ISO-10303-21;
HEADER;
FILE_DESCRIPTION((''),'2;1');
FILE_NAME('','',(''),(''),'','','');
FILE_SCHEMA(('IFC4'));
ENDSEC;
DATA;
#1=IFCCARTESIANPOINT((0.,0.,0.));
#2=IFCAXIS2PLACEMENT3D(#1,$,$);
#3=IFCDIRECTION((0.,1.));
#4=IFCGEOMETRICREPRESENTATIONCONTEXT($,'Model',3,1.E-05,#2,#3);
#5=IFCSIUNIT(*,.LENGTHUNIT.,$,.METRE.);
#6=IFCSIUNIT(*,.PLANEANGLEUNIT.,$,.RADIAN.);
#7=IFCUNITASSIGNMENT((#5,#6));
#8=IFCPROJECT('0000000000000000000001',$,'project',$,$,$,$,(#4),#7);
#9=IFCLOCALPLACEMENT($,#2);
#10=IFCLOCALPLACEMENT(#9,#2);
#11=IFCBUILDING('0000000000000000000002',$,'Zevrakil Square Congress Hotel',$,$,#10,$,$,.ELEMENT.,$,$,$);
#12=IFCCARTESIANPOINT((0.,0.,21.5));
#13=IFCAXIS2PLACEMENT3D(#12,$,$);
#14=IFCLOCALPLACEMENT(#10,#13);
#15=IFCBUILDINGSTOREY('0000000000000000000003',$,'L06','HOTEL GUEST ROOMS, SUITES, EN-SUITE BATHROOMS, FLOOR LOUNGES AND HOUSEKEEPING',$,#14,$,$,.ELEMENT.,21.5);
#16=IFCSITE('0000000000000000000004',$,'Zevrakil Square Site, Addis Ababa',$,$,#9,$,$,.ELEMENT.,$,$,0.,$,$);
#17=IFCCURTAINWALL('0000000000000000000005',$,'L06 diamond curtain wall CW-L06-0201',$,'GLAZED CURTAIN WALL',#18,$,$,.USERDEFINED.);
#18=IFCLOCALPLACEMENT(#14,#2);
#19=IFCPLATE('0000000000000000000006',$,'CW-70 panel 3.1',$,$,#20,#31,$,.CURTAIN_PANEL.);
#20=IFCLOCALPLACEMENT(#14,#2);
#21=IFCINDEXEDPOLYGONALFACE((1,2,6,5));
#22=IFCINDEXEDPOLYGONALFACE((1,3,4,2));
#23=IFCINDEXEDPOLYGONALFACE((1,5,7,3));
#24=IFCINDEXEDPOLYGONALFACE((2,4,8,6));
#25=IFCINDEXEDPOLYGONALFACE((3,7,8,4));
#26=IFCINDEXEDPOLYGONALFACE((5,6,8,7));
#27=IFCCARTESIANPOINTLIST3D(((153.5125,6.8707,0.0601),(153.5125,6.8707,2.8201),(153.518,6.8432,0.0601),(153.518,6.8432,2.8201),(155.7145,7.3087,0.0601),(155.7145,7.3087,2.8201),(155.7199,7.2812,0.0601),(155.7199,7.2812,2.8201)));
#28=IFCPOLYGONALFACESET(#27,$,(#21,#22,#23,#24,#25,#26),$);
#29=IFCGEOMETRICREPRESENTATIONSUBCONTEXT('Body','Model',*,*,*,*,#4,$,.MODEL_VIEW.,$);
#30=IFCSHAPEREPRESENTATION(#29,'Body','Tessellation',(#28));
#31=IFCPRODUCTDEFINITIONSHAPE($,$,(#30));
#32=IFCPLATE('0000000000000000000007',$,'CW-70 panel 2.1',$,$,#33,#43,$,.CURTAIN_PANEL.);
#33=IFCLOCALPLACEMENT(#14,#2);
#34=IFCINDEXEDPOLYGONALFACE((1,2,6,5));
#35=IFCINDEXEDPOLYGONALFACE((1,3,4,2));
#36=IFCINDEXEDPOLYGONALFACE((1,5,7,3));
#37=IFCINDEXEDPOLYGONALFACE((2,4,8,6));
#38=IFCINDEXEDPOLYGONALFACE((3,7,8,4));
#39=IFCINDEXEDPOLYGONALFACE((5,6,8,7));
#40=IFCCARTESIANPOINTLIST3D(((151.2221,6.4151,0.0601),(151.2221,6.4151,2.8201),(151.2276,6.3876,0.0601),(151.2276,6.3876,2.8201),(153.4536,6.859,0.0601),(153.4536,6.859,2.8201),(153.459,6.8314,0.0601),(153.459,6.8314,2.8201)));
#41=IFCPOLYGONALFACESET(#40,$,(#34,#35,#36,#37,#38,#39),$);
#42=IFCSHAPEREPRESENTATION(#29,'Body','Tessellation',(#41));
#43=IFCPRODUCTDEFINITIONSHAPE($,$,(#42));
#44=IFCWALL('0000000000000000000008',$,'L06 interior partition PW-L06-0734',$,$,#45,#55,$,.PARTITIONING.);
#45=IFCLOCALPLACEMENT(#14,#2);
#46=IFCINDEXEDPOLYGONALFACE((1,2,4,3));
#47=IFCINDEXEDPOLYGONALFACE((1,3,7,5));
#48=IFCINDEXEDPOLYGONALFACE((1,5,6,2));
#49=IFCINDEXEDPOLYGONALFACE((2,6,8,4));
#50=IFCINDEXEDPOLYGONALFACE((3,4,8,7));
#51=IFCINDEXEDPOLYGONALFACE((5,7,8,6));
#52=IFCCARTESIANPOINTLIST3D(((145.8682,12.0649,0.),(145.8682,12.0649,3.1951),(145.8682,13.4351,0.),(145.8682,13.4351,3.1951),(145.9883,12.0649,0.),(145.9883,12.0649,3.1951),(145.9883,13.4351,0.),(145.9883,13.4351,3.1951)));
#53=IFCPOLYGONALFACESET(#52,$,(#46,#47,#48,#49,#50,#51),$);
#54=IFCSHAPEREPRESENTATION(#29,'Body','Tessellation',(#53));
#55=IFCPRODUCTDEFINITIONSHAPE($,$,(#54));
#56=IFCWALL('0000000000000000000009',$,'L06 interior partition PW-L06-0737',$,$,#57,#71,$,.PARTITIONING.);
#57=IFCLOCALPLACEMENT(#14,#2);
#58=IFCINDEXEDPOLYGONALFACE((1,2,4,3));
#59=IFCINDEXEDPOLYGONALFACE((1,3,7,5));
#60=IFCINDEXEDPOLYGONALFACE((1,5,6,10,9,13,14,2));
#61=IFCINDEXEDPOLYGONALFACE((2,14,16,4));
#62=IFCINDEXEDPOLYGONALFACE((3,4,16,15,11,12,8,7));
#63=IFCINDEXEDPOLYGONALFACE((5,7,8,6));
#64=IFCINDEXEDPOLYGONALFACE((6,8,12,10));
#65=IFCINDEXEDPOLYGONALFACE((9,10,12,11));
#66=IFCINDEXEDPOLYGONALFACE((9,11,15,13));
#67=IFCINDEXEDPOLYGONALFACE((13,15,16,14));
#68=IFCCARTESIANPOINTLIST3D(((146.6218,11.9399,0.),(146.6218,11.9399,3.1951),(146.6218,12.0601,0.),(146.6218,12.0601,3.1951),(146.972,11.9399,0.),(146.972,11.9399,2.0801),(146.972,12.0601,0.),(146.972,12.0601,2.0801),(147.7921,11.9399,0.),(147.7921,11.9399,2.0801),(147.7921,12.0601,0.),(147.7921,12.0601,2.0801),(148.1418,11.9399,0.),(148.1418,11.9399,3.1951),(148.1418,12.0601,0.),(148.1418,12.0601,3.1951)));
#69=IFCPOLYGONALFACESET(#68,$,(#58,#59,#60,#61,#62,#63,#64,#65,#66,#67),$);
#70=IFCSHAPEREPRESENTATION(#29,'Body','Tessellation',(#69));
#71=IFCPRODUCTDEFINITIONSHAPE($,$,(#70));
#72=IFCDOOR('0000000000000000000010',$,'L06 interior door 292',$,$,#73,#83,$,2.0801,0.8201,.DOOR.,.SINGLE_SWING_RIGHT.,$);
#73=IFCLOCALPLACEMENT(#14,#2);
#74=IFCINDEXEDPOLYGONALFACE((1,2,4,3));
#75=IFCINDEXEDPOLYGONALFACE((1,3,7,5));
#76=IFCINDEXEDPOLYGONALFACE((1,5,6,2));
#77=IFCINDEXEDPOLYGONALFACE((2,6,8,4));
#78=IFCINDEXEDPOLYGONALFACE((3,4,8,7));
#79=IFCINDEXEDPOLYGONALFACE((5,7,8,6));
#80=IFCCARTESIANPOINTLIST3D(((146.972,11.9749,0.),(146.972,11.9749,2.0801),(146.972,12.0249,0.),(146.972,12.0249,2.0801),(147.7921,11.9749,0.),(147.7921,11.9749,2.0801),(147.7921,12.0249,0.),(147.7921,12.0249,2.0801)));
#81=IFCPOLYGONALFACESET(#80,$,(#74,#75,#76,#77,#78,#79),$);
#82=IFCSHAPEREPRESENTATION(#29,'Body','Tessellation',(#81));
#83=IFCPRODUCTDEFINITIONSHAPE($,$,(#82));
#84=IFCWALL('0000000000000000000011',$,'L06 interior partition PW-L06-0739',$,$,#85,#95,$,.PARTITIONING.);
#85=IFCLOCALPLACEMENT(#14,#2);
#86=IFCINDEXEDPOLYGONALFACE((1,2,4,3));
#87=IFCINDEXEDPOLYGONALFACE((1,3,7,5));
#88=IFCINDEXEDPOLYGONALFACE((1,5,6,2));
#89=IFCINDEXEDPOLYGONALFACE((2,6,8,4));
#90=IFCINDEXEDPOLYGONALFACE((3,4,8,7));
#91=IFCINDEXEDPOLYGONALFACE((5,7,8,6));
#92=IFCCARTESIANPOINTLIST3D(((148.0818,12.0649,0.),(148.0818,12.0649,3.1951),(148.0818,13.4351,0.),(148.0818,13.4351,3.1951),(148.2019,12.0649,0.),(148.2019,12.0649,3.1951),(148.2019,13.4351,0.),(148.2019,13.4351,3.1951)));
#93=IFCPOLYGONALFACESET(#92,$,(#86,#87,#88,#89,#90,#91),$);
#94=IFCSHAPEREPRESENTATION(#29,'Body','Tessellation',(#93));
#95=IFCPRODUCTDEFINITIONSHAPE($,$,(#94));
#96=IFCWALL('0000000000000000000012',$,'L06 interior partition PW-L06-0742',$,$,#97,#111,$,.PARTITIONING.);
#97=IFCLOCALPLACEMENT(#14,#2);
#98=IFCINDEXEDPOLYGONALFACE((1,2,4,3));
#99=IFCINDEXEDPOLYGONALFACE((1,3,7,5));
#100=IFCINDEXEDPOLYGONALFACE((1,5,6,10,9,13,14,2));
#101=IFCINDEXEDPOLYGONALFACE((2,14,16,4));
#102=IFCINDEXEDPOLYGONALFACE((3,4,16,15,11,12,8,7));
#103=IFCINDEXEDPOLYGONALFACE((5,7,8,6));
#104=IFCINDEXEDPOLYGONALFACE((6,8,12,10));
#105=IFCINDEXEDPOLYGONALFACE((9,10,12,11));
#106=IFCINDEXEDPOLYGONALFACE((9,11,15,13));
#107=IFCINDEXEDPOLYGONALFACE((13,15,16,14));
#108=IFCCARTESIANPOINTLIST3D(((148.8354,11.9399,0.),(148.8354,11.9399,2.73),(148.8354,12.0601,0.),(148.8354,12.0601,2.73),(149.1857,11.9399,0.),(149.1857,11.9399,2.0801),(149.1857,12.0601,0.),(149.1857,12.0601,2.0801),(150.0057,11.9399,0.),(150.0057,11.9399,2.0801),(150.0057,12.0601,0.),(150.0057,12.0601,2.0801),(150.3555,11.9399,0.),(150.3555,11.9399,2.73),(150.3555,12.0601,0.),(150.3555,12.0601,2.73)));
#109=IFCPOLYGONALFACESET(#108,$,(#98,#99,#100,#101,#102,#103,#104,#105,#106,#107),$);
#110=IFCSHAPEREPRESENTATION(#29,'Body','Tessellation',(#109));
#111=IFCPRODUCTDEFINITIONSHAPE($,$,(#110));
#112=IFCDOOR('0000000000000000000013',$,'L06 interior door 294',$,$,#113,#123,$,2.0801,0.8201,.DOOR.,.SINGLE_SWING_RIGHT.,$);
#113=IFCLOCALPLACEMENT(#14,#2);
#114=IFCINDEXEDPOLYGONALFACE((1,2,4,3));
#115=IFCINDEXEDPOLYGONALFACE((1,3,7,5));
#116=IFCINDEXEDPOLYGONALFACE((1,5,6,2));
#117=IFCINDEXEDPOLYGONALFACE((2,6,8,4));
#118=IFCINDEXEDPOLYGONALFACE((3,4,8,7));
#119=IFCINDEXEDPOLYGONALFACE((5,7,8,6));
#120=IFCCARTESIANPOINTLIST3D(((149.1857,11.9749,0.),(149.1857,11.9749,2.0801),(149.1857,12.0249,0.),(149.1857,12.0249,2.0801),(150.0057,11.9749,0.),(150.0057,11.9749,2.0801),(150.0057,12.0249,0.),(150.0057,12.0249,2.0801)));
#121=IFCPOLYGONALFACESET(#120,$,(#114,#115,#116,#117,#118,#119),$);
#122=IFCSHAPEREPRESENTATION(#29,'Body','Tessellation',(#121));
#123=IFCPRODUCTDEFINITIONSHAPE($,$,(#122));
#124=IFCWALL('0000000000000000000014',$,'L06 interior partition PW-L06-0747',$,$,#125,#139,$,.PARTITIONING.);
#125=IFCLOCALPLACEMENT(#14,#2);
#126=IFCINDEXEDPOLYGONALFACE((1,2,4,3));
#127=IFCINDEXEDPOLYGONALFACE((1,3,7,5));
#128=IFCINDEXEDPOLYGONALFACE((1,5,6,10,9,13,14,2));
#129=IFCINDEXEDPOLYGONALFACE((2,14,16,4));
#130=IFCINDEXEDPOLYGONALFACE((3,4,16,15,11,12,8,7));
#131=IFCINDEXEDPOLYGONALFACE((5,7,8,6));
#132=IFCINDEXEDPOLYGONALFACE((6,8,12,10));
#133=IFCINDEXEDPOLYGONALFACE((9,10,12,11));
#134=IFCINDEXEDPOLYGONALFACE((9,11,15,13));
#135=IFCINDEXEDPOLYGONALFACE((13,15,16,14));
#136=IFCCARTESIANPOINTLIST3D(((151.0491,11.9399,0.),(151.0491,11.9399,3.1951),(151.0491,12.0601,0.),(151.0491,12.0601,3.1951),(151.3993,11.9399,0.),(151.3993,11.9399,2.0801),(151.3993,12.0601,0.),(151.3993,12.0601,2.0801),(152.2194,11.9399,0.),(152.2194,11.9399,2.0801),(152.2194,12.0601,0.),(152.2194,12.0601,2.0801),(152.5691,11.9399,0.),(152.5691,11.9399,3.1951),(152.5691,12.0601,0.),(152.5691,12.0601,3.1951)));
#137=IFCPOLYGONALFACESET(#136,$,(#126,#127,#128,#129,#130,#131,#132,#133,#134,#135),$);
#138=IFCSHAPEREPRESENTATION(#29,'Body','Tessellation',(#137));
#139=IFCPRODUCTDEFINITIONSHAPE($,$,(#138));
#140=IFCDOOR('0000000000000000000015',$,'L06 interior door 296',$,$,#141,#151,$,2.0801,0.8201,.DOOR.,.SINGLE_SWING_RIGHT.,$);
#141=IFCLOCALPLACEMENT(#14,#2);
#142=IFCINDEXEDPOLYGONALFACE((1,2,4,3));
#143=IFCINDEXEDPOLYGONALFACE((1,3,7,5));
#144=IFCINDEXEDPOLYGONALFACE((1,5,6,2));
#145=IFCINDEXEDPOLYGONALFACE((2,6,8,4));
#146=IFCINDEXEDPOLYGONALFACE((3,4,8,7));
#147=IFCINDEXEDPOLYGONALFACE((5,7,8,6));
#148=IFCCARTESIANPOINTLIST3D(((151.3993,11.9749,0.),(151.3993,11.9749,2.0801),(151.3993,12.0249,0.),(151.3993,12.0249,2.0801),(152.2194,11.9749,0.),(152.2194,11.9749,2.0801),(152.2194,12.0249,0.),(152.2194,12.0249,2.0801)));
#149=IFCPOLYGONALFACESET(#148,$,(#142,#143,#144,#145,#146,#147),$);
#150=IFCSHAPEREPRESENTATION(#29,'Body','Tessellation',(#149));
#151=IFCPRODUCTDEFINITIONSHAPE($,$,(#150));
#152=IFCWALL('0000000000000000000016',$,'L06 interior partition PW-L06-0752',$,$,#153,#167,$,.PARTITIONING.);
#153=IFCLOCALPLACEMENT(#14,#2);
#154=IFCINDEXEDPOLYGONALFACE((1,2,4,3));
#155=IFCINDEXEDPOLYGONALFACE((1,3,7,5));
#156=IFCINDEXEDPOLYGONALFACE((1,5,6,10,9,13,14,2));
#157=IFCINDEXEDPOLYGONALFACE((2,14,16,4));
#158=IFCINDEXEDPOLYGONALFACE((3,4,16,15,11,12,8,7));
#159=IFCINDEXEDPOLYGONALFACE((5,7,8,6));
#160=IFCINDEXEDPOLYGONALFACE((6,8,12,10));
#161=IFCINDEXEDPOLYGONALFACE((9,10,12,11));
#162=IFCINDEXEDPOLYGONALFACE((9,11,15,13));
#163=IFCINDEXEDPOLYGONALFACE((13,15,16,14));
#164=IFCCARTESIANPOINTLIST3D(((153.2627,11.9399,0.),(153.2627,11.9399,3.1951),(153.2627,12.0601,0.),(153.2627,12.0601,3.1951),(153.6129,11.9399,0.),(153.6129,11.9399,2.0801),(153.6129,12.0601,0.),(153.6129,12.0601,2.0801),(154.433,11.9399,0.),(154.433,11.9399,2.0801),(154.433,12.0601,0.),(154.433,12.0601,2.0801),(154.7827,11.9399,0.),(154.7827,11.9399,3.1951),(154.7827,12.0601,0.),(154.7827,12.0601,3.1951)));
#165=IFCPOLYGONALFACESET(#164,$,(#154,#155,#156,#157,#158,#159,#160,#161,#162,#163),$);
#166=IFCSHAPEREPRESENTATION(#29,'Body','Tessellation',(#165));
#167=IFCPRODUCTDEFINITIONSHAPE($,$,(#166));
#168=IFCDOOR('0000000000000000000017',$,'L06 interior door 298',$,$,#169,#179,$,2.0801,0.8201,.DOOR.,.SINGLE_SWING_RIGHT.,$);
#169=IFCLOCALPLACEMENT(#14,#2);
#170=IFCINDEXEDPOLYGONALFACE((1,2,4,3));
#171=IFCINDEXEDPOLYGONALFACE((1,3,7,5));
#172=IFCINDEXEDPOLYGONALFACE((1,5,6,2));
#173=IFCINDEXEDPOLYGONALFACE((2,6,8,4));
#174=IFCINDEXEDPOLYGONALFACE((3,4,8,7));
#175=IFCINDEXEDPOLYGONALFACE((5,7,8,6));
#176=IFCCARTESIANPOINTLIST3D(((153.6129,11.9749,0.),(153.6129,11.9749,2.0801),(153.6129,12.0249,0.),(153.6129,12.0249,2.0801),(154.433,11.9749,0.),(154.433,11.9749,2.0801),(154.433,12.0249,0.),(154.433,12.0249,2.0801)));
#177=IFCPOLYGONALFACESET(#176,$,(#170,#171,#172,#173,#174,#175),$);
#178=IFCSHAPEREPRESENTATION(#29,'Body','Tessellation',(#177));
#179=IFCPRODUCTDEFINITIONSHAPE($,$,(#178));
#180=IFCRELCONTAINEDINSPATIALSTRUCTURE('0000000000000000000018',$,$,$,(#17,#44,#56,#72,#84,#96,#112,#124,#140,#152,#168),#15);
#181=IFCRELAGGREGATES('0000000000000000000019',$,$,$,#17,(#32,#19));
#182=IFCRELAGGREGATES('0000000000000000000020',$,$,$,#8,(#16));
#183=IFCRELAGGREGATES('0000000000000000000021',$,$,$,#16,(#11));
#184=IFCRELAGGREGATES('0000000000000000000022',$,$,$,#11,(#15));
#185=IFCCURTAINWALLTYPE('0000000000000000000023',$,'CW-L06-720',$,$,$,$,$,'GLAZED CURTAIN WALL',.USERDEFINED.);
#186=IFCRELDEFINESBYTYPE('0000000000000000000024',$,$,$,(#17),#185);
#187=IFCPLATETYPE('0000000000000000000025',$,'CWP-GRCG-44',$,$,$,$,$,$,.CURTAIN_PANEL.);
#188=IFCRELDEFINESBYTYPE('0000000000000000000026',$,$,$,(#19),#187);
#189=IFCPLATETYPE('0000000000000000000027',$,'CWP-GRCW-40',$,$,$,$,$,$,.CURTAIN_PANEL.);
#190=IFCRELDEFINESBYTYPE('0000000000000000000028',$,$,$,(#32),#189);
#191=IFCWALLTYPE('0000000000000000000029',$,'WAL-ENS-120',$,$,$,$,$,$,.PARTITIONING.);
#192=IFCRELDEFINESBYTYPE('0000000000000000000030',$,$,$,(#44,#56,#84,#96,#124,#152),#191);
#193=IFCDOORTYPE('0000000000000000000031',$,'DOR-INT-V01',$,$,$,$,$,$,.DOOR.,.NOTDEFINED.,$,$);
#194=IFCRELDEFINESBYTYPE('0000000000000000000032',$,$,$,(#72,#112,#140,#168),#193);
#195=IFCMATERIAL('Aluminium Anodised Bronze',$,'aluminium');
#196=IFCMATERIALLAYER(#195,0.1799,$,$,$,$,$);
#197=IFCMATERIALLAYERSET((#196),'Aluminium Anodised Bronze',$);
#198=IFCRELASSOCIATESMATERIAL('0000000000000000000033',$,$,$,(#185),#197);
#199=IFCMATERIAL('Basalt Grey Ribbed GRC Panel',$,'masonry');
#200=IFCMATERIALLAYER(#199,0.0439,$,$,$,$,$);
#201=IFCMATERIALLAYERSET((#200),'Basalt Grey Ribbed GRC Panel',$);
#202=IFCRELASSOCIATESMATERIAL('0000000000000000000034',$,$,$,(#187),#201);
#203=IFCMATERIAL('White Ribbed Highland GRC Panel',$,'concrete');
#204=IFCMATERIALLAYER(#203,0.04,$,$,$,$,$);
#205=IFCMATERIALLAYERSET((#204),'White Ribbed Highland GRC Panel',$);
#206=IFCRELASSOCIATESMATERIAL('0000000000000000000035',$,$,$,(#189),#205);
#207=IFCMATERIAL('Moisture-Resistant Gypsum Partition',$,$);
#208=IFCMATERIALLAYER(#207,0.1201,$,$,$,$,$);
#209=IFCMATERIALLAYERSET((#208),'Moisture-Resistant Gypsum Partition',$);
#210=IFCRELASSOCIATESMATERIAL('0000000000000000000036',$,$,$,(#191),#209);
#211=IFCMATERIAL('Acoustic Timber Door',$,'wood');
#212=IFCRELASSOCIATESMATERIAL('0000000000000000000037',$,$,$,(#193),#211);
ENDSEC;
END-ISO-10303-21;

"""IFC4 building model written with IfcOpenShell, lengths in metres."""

from ifc_helpers import new_model, si_unit, direction, frame, frame_2d, origin, origin_2d, place, context, subcontext, project, spatial, rectangle, extrude, material, layer, layer_set, type_object, element, fill, aggregate, save


model = new_model("IFC4")

# Units and contexts
model_context = context("Model", 3, precision=1e-05, world=origin(), true_north=direction((0.0, 1.0)))
body_context = subcontext(model_context, "Body", "Model", "MODEL_VIEW")
ifc_project = project(units=[si_unit("LENGTHUNIT", "METRE"), si_unit("PLANEANGLEUNIT", "RADIAN")], contexts=[model_context])

# Site, building, storey
site_placement = place(None, origin())
site = spatial("IfcSite", under=ifc_project, at=site_placement, Name="Zevrakil Square Site, Addis Ababa", CompositionType="ELEMENT", RefElevation=0.0)
building_placement = place(site_placement, origin())
building = spatial("IfcBuilding", under=site, at=building_placement, Name="Zevrakil Square Congress Hotel", CompositionType="ELEMENT")
storey_placement = place(building_placement, frame((0.0, 0.0, 21.5)))
storey = spatial("IfcBuildingStorey", under=building, at=storey_placement, Name="L06", Description="HOTEL GUEST ROOMS, SUITES, EN-SUITE BATHROOMS, FLOOR LOUNGES AND HOUSEKEEPING", CompositionType="ELEMENT", Elevation=21.5)

# Curtain wall, plates
ifc_material_1 = material(Name="Aluminium Anodised Bronze", Category="aluminium")
ifc_layer_1 = layer(ifc_material_1, 0.1799)
ifc_layer_set_1 = layer_set([ifc_layer_1], Name="Aluminium Anodised Bronze")
curtain_wall_type = type_object("IfcCurtainWallType", Name="CW-L06-720", ElementType="GLAZED CURTAIN WALL", PredefinedType="USERDEFINED", material=ifc_layer_set_1)
curtain_wall_placement = place(storey_placement, origin())
curtain_wall = element("IfcCurtainWall", 1, at=curtain_wall_placement, inside=storey, type_object=curtain_wall_type, Name="L06 diamond curtain wall CW-L06-0201", ObjectType="GLAZED CURTAIN WALL", PredefinedType="USERDEFINED")
ifc_material_2 = material(Name="Basalt Grey Ribbed GRC Panel", Category="masonry")
ifc_layer_2 = layer(ifc_material_2, 0.0439)
ifc_layer_set_2 = layer_set([ifc_layer_2], Name="Basalt Grey Ribbed GRC Panel")
plate_type_1 = type_object("IfcPlateType", Name="CWP-GRCG-44", PredefinedType="CURTAIN_PANEL", material=ifc_layer_set_2)
plate_1_placement = place(storey_placement, frame((154.6162, 7.0759, 0.0601), z_axis=(0.0, 0.0, 1.0), x_axis=(0.980787, 0.195084, 0.0)))
plate_1 = element("IfcPlate", 2, at=plate_1_placement, type_object=plate_type_1, Name="CW-70 panel 3.1", PredefinedType="CURTAIN_PANEL", context=body_context, shape_type="SweptSolid", body=[
    extrude(rectangle(XDim=2.2451, YDim=0.0281, at=origin_2d()), origin(), (0.0, 0.0, 1.0), 2.76),
])
ifc_material_3 = material(Name="White Ribbed Highland GRC Panel", Category="concrete")
ifc_layer_3 = layer(ifc_material_3, 0.04)
ifc_layer_set_3 = layer_set([ifc_layer_3], Name="White Ribbed Highland GRC Panel")
plate_type_2 = type_object("IfcPlateType", Name="CWP-GRCW-40", PredefinedType="CURTAIN_PANEL", material=ifc_layer_set_3)
plate_2_placement = place(storey_placement, frame((152.3406, 6.6233, 0.0601), z_axis=(0.0, 0.0, 1.0), x_axis=(0.980787, 0.195084, 0.0)))
plate_2 = element("IfcPlate", 3, at=plate_2_placement, type_object=plate_type_2, Name="CW-70 panel 2.1", PredefinedType="CURTAIN_PANEL", context=body_context, shape_type="SweptSolid", body=[
    extrude(rectangle(XDim=2.2751, YDim=0.0281, at=origin_2d()), origin(), (0.0, 0.0, 1.0), 2.76),
])
aggregate(curtain_wall, [plate_2, plate_1])

# Wall
ifc_material_4 = material(Name="Moisture-Resistant Gypsum Partition")
ifc_layer_4 = layer(ifc_material_4, 0.1201)
ifc_layer_set_4 = layer_set([ifc_layer_4], Name="Moisture-Resistant Gypsum Partition")
wall_type_1 = type_object("IfcWallType", Name="WAL-ENS-120", PredefinedType="PARTITIONING", material=ifc_layer_set_4)
wall_1_placement = place(storey_placement, frame((145.9282, 12.0649, 0.0), z_axis=(0.0, 0.0, 1.0), x_axis=(0.0, 1.0, 0.0)))
element("IfcWall", 4, at=wall_1_placement, inside=storey, type_object=wall_type_1, Name="L06 interior partition PW-L06-0734", PredefinedType="PARTITIONING", context=body_context, shape_type="SweptSolid", body=[
    extrude(rectangle(XDim=1.3701, YDim=0.1201, at=frame_2d((0.6851, 0.0))), origin(), (0.0, 0.0, 1.0), 3.1951),
])

# Wall, opening, door
wall_2_placement = place(storey_placement, frame((146.6218, 12.0, 0.0), z_axis=(0.0, 0.0, 1.0), x_axis=(1.0, 0.0, 0.0)))
wall_2 = element("IfcWall", 5, at=wall_2_placement, inside=storey, type_object=wall_type_1, Name="L06 interior partition PW-L06-0737", PredefinedType="PARTITIONING", context=body_context, shape_type="SweptSolid", body=[
    extrude(rectangle(XDim=1.52, YDim=0.1201, at=frame_2d((0.76, 0.0))), origin(), (0.0, 0.0, 1.0), 3.1951),
])
opening_1_placement = place(wall_2_placement, frame((0.3501, 0.0, 0.0)))
opening_1 = element("IfcOpeningElement", 6, at=opening_1_placement, cuts=wall_2, PredefinedType="OPENING", context=body_context, shape_type="SweptSolid", body=[
    extrude(rectangle(XDim=0.8201, YDim=2.0801, at=frame_2d((0.4102, 1.04))), frame((0.0, 0.0701, 0.0), z_axis=(0.0, -1.0, 0.0), x_axis=(1.0, 0.0, 0.0)), (0.0, 0.0, 1.0), 0.1401),
])
ifc_material_5 = material(Name="Acoustic Timber Door", Category="wood")
door_type = type_object("IfcDoorType", Name="DOR-INT-V01", OperationType="NOTDEFINED", PredefinedType="DOOR", material=ifc_material_5)
door_1_placement = place(opening_1_placement, origin())
door_1 = element("IfcDoor", 7, at=door_1_placement, inside=storey, type_object=door_type, Name="L06 interior door 292", OperationType="SINGLE_SWING_RIGHT", OverallHeight=2.0801, OverallWidth=0.8201, PredefinedType="DOOR", context=body_context, shape_type="SweptSolid", body=[
    extrude(rectangle(XDim=0.8201, YDim=2.0801, at=frame_2d((0.4102, 1.04))), frame((0.0, 0.0249, 0.0), z_axis=(0.0, -1.0, 0.0), x_axis=(1.0, 0.0, 0.0)), (0.0, 0.0, 1.0), 0.05),
])
fill(opening_1, door_1)

# Wall
wall_3_placement = place(storey_placement, frame((148.1418, 12.0649, 0.0), z_axis=(0.0, 0.0, 1.0), x_axis=(0.0, 1.0, 0.0)))
element("IfcWall", 8, at=wall_3_placement, inside=storey, type_object=wall_type_1, Name="L06 interior partition PW-L06-0739", PredefinedType="PARTITIONING", context=body_context, shape_type="SweptSolid", body=[
    extrude(rectangle(XDim=1.3701, YDim=0.1201, at=frame_2d((0.6851, 0.0))), origin(), (0.0, 0.0, 1.0), 3.1951),
])

# Walls, openings, doors
wall_4_placement = place(storey_placement, frame((148.8354, 12.0, 0.0), z_axis=(0.0, 0.0, 1.0), x_axis=(1.0, 0.0, 0.0)))
wall_4 = element("IfcWall", 9, at=wall_4_placement, inside=storey, type_object=wall_type_1, Name="L06 interior partition PW-L06-0742", PredefinedType="PARTITIONING", context=body_context, shape_type="SweptSolid", body=[
    extrude(rectangle(XDim=1.52, YDim=0.1201, at=frame_2d((0.76, 0.0))), origin(), (0.0, 0.0, 1.0), 2.73),
])
opening_2_placement = place(wall_4_placement, frame((0.3501, 0.0, 0.0)))
opening_2 = element("IfcOpeningElement", 10, at=opening_2_placement, cuts=wall_4, PredefinedType="OPENING", context=body_context, shape_type="SweptSolid", body=[
    extrude(rectangle(XDim=0.8201, YDim=2.0801, at=frame_2d((0.4102, 1.04))), frame((0.0, 0.0701, 0.0), z_axis=(0.0, -1.0, 0.0), x_axis=(1.0, 0.0, 0.0)), (0.0, 0.0, 1.0), 0.1401),
])
door_2_placement = place(opening_2_placement, origin())
door_2 = element("IfcDoor", 11, at=door_2_placement, inside=storey, type_object=door_type, Name="L06 interior door 294", OperationType="SINGLE_SWING_RIGHT", OverallHeight=2.0801, OverallWidth=0.8201, PredefinedType="DOOR", context=body_context, shape_type="SweptSolid", body=[
    extrude(rectangle(XDim=0.8201, YDim=2.0801, at=frame_2d((0.4102, 1.04))), frame((0.0, 0.0249, 0.0), z_axis=(0.0, -1.0, 0.0), x_axis=(1.0, 0.0, 0.0)), (0.0, 0.0, 1.0), 0.05),
])
fill(opening_2, door_2)
wall_5_placement = place(storey_placement, frame((151.0491, 12.0, 0.0), z_axis=(0.0, 0.0, 1.0), x_axis=(1.0, 0.0, 0.0)))
wall_5 = element("IfcWall", 12, at=wall_5_placement, inside=storey, type_object=wall_type_1, Name="L06 interior partition PW-L06-0747", PredefinedType="PARTITIONING", context=body_context, shape_type="SweptSolid", body=[
    extrude(rectangle(XDim=1.52, YDim=0.1201, at=frame_2d((0.76, 0.0))), origin(), (0.0, 0.0, 1.0), 3.1951),
])
opening_3_placement = place(wall_5_placement, frame((0.3501, 0.0, 0.0)))
opening_3 = element("IfcOpeningElement", 13, at=opening_3_placement, cuts=wall_5, PredefinedType="OPENING", context=body_context, shape_type="SweptSolid", body=[
    extrude(rectangle(XDim=0.8201, YDim=2.0801, at=frame_2d((0.4102, 1.04))), frame((0.0, 0.0701, 0.0), z_axis=(0.0, -1.0, 0.0), x_axis=(1.0, 0.0, 0.0)), (0.0, 0.0, 1.0), 0.1401),
])
door_3_placement = place(opening_3_placement, origin())
door_3 = element("IfcDoor", 14, at=door_3_placement, inside=storey, type_object=door_type, Name="L06 interior door 296", OperationType="SINGLE_SWING_RIGHT", OverallHeight=2.0801, OverallWidth=0.8201, PredefinedType="DOOR", context=body_context, shape_type="SweptSolid", body=[
    extrude(rectangle(XDim=0.8201, YDim=2.0801, at=frame_2d((0.4102, 1.04))), frame((0.0, 0.0249, 0.0), z_axis=(0.0, -1.0, 0.0), x_axis=(1.0, 0.0, 0.0)), (0.0, 0.0, 1.0), 0.05),
])
fill(opening_3, door_3)
wall_6_placement = place(storey_placement, frame((153.2627, 12.0, 0.0), z_axis=(0.0, 0.0, 1.0), x_axis=(1.0, 0.0, 0.0)))
wall_6 = element("IfcWall", 15, at=wall_6_placement, inside=storey, type_object=wall_type_1, Name="L06 interior partition PW-L06-0752", PredefinedType="PARTITIONING", context=body_context, shape_type="SweptSolid", body=[
    extrude(rectangle(XDim=1.52, YDim=0.1201, at=frame_2d((0.76, 0.0))), origin(), (0.0, 0.0, 1.0), 3.1951),
])
opening_4_placement = place(wall_6_placement, frame((0.3501, 0.0, 0.0)))
opening_4 = element("IfcOpeningElement", 16, at=opening_4_placement, cuts=wall_6, PredefinedType="OPENING", context=body_context, shape_type="SweptSolid", body=[
    extrude(rectangle(XDim=0.8201, YDim=2.0801, at=frame_2d((0.4102, 1.04))), frame((0.0, 0.0701, 0.0), z_axis=(0.0, -1.0, 0.0), x_axis=(1.0, 0.0, 0.0)), (0.0, 0.0, 1.0), 0.1401),
])
door_4_placement = place(opening_4_placement, origin())
door_4 = element("IfcDoor", 17, at=door_4_placement, inside=storey, type_object=door_type, Name="L06 interior door 298", OperationType="SINGLE_SWING_RIGHT", OverallHeight=2.0801, OverallWidth=0.8201, PredefinedType="DOOR", context=body_context, shape_type="SweptSolid", body=[
    extrude(rectangle(XDim=0.8201, YDim=2.0801, at=frame_2d((0.4102, 1.04))), frame((0.0, 0.0249, 0.0), z_axis=(0.0, -1.0, 0.0), x_axis=(1.0, 0.0, 0.0)), (0.0, 0.0, 1.0), 0.05),
])
fill(opening_4, door_4)

save(model, "model.ifc")
